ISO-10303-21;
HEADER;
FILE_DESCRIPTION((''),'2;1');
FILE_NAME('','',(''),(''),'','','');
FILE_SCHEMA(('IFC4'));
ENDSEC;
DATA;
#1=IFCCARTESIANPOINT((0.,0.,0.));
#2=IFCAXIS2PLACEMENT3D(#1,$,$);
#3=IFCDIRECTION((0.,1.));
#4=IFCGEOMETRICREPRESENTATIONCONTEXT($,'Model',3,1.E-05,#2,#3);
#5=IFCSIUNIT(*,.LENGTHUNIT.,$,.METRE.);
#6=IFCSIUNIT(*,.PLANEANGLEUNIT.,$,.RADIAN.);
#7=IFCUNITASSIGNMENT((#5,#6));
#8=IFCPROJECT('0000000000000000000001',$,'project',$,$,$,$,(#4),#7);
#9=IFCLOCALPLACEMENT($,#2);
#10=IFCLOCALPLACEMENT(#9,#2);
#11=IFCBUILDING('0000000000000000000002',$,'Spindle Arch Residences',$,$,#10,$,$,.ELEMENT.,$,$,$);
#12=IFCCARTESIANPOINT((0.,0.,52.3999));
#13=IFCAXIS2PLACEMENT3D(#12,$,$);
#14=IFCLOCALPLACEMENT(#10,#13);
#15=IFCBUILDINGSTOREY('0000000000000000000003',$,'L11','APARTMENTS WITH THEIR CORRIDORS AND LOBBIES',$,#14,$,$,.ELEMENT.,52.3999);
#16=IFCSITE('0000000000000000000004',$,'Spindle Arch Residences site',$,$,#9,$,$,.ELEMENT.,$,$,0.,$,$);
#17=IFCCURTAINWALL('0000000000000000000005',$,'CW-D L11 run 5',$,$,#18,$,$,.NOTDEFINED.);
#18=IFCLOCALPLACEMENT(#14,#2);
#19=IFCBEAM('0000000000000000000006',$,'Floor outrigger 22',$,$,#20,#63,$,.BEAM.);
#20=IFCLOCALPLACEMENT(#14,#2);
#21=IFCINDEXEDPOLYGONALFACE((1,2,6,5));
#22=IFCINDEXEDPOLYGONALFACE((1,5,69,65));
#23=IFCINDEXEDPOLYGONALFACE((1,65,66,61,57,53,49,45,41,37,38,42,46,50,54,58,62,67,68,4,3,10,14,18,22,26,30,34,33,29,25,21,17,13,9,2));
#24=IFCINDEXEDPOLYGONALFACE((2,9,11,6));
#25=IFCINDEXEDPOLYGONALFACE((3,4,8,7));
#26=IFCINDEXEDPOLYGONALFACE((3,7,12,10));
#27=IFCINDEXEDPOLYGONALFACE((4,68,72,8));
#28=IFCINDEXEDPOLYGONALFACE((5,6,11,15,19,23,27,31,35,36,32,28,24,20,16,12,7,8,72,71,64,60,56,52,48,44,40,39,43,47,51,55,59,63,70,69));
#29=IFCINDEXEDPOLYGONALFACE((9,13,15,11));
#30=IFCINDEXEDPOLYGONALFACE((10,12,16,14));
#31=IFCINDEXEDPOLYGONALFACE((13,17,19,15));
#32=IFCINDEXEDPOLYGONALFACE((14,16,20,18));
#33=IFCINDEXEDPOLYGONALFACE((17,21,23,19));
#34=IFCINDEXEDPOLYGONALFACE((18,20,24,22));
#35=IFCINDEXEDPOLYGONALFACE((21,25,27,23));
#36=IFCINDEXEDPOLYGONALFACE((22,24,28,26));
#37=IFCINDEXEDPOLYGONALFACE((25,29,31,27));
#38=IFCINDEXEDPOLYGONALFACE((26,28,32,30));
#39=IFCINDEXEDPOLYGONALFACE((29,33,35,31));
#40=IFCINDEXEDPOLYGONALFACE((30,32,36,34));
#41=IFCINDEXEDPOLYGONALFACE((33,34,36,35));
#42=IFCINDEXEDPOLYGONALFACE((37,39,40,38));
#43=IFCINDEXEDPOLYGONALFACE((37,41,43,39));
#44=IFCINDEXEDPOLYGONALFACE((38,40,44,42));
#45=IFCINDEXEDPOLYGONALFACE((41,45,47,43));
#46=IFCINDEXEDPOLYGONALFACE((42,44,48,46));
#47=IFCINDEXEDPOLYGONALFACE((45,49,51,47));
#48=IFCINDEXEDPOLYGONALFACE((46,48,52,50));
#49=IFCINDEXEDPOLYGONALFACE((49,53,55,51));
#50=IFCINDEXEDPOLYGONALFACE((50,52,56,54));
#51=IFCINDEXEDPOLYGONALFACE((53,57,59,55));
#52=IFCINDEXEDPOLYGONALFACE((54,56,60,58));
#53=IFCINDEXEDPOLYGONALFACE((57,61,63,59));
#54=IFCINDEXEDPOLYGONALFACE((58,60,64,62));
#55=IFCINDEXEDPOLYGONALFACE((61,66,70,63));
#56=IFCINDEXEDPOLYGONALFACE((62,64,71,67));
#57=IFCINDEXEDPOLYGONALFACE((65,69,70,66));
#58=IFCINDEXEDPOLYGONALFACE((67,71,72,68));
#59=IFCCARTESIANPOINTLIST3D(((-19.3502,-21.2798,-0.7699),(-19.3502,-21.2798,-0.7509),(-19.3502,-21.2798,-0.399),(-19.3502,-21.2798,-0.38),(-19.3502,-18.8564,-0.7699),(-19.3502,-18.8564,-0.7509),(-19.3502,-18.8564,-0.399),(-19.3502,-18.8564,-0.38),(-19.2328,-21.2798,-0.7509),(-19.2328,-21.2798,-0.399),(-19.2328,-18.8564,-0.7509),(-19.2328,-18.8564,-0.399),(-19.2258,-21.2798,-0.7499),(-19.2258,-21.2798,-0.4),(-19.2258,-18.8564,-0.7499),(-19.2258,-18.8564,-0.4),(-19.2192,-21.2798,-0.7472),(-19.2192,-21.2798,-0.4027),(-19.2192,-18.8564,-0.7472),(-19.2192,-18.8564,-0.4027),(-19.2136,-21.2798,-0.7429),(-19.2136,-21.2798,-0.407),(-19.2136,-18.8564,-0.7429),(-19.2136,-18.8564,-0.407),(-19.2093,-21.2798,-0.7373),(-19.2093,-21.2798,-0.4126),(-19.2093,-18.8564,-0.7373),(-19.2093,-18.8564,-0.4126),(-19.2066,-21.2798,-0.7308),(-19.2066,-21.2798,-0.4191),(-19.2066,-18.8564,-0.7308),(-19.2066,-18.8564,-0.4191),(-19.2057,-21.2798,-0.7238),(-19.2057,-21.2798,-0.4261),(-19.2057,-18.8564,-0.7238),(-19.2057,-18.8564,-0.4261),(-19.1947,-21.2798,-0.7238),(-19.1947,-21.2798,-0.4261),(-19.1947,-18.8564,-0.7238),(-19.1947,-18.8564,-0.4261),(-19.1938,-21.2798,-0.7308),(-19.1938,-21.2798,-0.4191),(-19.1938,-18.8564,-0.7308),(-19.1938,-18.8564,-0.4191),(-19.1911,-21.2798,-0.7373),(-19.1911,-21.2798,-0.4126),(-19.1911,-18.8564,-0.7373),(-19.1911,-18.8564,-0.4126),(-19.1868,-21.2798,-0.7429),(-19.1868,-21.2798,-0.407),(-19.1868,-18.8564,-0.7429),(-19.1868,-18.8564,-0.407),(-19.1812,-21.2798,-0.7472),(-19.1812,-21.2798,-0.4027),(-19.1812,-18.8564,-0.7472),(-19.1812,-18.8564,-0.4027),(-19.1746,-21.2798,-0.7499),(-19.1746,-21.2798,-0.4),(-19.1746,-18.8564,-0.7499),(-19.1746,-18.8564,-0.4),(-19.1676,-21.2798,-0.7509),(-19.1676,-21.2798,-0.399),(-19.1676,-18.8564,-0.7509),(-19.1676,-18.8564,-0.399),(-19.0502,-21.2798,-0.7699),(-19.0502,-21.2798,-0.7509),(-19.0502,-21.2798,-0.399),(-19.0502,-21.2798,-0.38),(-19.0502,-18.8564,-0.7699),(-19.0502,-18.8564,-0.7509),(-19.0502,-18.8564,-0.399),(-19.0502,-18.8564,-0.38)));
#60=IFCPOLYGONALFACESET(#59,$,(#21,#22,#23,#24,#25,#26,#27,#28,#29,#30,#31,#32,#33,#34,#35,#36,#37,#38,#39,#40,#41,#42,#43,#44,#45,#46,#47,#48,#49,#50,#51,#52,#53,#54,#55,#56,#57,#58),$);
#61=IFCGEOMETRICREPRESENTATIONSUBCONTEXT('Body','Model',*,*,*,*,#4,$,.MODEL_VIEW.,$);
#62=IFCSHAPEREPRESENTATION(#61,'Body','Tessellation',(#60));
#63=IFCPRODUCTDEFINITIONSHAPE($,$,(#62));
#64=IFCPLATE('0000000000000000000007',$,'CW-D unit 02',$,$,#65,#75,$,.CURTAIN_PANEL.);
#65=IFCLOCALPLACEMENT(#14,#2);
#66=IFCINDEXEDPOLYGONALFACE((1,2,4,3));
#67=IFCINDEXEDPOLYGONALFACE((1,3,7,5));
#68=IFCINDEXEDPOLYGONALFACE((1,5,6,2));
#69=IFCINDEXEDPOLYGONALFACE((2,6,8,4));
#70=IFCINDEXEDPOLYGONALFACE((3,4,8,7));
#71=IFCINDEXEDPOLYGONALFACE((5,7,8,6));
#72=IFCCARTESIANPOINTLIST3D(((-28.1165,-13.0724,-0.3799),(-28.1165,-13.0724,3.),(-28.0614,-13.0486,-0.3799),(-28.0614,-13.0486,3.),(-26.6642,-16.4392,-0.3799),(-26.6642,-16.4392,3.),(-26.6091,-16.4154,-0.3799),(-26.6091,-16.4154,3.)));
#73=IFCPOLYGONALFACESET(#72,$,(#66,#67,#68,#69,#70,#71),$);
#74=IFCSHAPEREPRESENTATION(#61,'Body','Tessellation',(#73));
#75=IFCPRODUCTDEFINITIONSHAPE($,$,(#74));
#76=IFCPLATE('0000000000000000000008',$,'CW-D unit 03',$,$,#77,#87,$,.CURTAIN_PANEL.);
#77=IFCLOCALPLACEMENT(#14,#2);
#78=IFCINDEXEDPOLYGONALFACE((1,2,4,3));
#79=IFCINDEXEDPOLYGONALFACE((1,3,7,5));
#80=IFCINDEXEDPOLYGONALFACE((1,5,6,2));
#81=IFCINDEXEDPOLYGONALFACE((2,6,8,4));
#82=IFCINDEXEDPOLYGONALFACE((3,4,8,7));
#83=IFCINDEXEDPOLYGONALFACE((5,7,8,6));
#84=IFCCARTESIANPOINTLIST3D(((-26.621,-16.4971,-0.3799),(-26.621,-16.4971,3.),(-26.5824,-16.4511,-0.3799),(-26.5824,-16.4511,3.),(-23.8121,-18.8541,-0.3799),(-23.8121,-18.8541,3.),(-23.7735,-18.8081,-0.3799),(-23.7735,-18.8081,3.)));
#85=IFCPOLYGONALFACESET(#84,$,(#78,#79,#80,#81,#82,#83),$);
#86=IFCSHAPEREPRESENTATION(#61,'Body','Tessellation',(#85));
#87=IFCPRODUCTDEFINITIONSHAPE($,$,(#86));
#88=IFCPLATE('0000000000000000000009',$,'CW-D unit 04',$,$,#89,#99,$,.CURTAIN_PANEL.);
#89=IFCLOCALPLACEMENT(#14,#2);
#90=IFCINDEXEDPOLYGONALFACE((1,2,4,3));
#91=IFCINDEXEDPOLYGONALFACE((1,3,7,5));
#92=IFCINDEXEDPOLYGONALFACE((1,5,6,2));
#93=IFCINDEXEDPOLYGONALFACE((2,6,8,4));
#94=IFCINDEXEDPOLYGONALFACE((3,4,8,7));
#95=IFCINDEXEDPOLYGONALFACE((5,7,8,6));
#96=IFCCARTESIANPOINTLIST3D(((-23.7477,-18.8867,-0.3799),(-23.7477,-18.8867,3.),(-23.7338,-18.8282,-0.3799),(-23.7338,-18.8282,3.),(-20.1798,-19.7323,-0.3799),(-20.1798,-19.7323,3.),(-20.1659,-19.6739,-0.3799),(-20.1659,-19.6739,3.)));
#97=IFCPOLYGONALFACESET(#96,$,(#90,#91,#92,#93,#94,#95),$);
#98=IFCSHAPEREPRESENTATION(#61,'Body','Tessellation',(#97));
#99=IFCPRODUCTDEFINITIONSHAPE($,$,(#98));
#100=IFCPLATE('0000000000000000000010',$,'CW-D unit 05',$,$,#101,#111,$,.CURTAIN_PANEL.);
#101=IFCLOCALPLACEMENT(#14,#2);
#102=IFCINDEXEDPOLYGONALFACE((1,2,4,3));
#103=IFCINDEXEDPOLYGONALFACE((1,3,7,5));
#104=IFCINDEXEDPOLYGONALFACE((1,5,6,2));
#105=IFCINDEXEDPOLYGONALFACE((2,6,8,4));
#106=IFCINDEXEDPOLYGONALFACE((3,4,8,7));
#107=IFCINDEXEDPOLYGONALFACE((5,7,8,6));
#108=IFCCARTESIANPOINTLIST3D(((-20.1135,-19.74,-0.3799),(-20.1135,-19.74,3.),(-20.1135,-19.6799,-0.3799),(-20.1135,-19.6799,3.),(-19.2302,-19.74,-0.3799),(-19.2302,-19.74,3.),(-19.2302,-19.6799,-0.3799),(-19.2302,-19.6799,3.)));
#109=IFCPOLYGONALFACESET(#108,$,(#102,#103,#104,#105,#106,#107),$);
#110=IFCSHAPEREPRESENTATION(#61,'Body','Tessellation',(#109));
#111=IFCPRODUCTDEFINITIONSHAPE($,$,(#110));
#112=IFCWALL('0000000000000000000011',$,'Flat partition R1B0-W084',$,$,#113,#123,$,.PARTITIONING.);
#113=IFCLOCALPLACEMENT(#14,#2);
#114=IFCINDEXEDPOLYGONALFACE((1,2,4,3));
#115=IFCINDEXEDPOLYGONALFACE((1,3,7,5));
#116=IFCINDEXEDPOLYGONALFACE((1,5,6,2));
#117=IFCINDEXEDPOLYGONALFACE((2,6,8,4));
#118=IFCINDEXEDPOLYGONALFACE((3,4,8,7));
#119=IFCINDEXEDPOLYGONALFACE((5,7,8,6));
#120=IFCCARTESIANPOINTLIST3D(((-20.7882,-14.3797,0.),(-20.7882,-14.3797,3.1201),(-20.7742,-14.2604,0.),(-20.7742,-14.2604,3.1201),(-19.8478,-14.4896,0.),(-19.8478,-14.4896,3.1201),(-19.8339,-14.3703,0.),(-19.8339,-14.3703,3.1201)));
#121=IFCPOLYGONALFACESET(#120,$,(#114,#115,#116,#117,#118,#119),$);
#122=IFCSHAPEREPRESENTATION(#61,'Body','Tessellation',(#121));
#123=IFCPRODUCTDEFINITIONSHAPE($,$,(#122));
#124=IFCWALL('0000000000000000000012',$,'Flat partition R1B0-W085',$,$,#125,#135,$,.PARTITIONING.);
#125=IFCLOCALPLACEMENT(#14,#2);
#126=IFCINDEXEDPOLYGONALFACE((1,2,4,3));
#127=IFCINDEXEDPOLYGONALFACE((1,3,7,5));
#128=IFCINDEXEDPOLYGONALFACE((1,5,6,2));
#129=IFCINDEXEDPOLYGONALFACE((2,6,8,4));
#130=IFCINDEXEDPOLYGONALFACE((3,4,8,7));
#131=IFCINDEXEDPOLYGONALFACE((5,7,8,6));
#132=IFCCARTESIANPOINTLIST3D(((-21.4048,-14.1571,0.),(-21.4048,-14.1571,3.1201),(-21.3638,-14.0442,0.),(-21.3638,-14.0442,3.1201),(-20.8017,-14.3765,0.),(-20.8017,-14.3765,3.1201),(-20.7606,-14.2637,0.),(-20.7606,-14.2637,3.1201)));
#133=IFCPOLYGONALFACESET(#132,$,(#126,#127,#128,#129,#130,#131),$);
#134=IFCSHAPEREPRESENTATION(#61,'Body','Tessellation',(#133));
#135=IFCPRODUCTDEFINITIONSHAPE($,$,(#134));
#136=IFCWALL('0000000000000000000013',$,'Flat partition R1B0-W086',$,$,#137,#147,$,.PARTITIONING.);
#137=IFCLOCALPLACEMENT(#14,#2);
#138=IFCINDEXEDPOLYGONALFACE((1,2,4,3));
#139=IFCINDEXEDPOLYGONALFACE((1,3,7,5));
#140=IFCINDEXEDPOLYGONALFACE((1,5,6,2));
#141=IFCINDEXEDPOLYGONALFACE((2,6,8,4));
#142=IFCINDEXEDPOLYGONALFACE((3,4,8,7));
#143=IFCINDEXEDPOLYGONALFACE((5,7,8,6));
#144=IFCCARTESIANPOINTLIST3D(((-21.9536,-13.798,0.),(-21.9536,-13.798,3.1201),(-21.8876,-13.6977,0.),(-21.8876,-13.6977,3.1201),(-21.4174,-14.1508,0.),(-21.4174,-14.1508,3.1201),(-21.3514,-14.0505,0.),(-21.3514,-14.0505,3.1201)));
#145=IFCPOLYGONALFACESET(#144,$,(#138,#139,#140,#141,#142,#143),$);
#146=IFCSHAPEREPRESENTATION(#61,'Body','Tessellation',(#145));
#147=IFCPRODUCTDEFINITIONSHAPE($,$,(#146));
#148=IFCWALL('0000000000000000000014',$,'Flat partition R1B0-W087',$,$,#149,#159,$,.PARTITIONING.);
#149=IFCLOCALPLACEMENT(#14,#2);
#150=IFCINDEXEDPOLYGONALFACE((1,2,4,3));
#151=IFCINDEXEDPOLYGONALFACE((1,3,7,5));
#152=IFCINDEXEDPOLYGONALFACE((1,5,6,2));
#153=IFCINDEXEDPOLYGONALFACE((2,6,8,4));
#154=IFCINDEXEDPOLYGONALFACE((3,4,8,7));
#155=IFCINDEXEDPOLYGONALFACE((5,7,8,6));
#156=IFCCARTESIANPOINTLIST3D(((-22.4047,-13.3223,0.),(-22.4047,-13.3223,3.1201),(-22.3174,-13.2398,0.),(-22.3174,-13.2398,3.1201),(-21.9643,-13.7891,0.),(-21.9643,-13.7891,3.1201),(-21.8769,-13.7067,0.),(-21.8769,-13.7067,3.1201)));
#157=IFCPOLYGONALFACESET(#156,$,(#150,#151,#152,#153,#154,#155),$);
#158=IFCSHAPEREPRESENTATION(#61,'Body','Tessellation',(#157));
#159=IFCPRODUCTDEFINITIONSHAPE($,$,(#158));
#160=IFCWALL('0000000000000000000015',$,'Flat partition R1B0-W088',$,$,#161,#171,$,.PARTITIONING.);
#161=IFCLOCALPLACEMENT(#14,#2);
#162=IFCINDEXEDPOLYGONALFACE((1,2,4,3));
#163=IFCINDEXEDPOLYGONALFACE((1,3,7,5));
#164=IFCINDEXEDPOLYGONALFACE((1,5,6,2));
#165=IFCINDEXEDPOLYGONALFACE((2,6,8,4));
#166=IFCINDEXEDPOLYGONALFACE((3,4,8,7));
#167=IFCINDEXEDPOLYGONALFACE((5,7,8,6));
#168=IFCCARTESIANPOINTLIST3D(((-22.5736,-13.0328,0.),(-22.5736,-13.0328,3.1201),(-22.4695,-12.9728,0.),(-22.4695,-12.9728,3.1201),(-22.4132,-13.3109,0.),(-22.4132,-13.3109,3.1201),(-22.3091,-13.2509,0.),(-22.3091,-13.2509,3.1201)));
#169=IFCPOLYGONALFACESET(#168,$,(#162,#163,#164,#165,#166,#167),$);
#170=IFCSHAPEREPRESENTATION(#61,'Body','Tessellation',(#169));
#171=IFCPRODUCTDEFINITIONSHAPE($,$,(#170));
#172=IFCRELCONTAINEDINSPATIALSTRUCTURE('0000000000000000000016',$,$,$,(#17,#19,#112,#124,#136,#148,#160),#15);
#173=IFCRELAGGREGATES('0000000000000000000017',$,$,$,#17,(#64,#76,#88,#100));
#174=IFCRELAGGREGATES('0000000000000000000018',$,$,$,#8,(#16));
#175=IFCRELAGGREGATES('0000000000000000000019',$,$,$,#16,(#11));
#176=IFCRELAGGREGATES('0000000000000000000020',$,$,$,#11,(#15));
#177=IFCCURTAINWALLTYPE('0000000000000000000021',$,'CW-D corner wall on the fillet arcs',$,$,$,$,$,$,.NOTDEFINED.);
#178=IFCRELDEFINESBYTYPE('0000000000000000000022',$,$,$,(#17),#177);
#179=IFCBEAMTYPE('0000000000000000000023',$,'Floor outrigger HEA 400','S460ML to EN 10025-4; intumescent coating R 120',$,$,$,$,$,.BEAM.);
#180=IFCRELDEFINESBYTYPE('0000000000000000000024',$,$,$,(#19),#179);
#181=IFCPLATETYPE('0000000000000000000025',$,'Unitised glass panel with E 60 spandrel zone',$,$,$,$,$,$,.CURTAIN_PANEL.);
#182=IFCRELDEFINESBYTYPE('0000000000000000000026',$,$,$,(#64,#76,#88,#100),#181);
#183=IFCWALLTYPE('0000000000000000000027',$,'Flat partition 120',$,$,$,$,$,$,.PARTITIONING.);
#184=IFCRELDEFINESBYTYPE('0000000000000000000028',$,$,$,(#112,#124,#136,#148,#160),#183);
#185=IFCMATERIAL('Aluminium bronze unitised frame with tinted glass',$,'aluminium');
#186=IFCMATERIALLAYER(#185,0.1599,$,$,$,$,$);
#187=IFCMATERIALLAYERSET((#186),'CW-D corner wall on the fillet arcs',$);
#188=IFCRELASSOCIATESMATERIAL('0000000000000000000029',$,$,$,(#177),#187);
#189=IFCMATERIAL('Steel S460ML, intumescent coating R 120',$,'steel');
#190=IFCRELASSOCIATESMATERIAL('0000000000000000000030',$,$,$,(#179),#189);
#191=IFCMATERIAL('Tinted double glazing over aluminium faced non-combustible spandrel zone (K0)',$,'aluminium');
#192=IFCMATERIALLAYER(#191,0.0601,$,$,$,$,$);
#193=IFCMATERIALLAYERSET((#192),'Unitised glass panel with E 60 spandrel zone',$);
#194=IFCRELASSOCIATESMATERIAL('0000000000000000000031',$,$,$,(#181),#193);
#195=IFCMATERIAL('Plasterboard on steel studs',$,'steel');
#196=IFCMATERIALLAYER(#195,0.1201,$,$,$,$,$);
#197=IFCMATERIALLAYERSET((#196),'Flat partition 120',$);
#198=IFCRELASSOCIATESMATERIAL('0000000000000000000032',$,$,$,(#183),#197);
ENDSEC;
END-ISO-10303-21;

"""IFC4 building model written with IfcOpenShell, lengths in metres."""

from ifc_helpers import new_model, si_unit, direction, frame, frame_2d, origin, origin_2d, place, context, subcontext, project, spatial, rectangle, i_section, extrude, material, layer, layer_set, material_profile, profile_set, type_object, element, aggregate, save


model = new_model("IFC4")

# Units and contexts
model_context = context("Model", 3, precision=1e-05, world=origin(), true_north=direction((0.0, 1.0)))
body_context = subcontext(model_context, "Body", "Model", "MODEL_VIEW")
ifc_project = project(units=[si_unit("LENGTHUNIT", "METRE"), si_unit("PLANEANGLEUNIT", "RADIAN")], contexts=[model_context])

# Site, building, storey
site_placement = place(None, origin())
site = spatial("IfcSite", under=ifc_project, at=site_placement, Name="Spindle Arch Residences site", CompositionType="ELEMENT", RefElevation=0.0)
building_placement = place(site_placement, origin())
building = spatial("IfcBuilding", under=site, at=building_placement, Name="Spindle Arch Residences", CompositionType="ELEMENT")
storey_placement = place(building_placement, frame((0.0, 0.0, 52.3999)))
storey = spatial("IfcBuildingStorey", under=building, at=storey_placement, Name="L11", Description="APARTMENTS WITH THEIR CORRIDORS AND LOBBIES", CompositionType="ELEMENT", Elevation=52.3999)

# Curtain wall
ifc_material_1 = material(Name="Aluminium bronze unitised frame with tinted glass", Category="aluminium")
ifc_layer_1 = layer(ifc_material_1, 0.1599)
ifc_layer_set_1 = layer_set([ifc_layer_1], Name="CW-D corner wall on the fillet arcs")
curtain_wall_type_1 = type_object("IfcCurtainWallType", Name="CW-D corner wall on the fillet arcs", PredefinedType="NOTDEFINED", material=ifc_layer_set_1)
curtain_wall_1_placement = place(storey_placement, origin())
curtain_wall_1 = element("IfcCurtainWall", 1, at=curtain_wall_1_placement, inside=storey, type_object=curtain_wall_type_1, Name="CW-D L11 run 5", PredefinedType="NOTDEFINED")

# Beam
ifc_material_2 = material(Name="Steel S460ML, intumescent coating R 120", Category="steel")
ifc_material_profile_1 = material_profile(ifc_material_2, i_section(OverallWidth=0.3, OverallDepth=0.3899, WebThickness=0.011, FlangeThickness=0.019, FilletRadius=0.0271, at=origin_2d()), Name="HEA 400")
ifc_profile_set_1 = profile_set([ifc_material_profile_1], Name="Steel S460ML, intumescent coating R 120")
beam_type_1 = type_object("IfcBeamType", Name="Floor outrigger HEA 400", Description="S460ML to EN 10025-4; intumescent coating R 120", PredefinedType="BEAM", material=ifc_profile_set_1)
beam_1_placement = place(storey_placement, frame((-19.2002, -21.2798, -0.575), z_axis=(0.0, 1.0, 0.0), x_axis=(-1.0, 0.0, 0.0)))
element("IfcBeam", 2, at=beam_1_placement, inside=storey, type_object=beam_type_1, Name="Floor outrigger 22", PredefinedType="BEAM", context=body_context, shape_type="SweptSolid", body=[
    extrude(i_section(OverallWidth=0.3, OverallDepth=0.3899, WebThickness=0.011, FlangeThickness=0.019, FilletRadius=0.0271, at=origin_2d()), origin(), (0.0, 0.0, 1.0), 2.4233),
])

# Plates
ifc_material_3 = material(Name="Tinted double glazing over aluminium faced non-combustible spandrel zone (K0)", Category="aluminium")
ifc_layer_2 = layer(ifc_material_3, 0.0601)
ifc_layer_set_2 = layer_set([ifc_layer_2], Name="Unitised glass panel with E 60 spandrel zone")
plate_type = type_object("IfcPlateType", Name="Unitised glass panel with E 60 spandrel zone", PredefinedType="CURTAIN_PANEL", material=ifc_layer_set_2)
plate_1_placement = place(storey_placement, frame((-27.3628, -14.7439, -0.3799), z_axis=(0.0, 0.0, 1.0), x_axis=(0.39608, -0.918216, 0.0)))
plate_1 = element("IfcPlate", 3, at=plate_1_placement, type_object=plate_type, Name="CW-D unit 02", PredefinedType="CURTAIN_PANEL", context=body_context, shape_type="SweptSolid", body=[
    extrude(rectangle(XDim=3.6667, YDim=0.0601, at=origin_2d()), origin(), (0.0, 0.0, 1.0), 3.3799),
])
plate_2_placement = place(storey_placement, frame((-25.1973, -17.6526, -0.3799), z_axis=(0.0, 0.0, 1.0), x_axis=(0.766044, -0.642788, 0.0)))
plate_2 = element("IfcPlate", 4, at=plate_2_placement, type_object=plate_type, Name="CW-D unit 03", PredefinedType="CURTAIN_PANEL", context=body_context, shape_type="SweptSolid", body=[
    extrude(rectangle(XDim=3.6667, YDim=0.0601, at=origin_2d()), origin(), (0.0, 0.0, 1.0), 3.3799),
])
plate_3_placement = place(storey_placement, frame((-21.9568, -19.2803, -0.3799), z_axis=(0.0, 0.0, 1.0), x_axis=(0.973045, -0.230616, 0.0)))
plate_3 = element("IfcPlate", 5, at=plate_3_placement, type_object=plate_type, Name="CW-D unit 04", PredefinedType="CURTAIN_PANEL", context=body_context, shape_type="SweptSolid", body=[
    extrude(rectangle(XDim=3.6667, YDim=0.0601, at=origin_2d()), origin(), (0.0, 0.0, 1.0), 3.3799),
])
plate_4_placement = place(storey_placement, frame((-19.6719, -19.71, -0.3799), z_axis=(0.0, 0.0, 1.0), x_axis=(1.0, 0.0, 0.0)))
plate_4 = element("IfcPlate", 6, at=plate_4_placement, type_object=plate_type, Name="CW-D unit 05", PredefinedType="CURTAIN_PANEL", context=body_context, shape_type="SweptSolid", body=[
    extrude(rectangle(XDim=0.8833, YDim=0.0601, at=origin_2d()), origin(), (0.0, 0.0, 1.0), 3.3799),
])
aggregate(curtain_wall_1, [plate_1, plate_2, plate_3, plate_4])

# Walls
ifc_material_4 = material(Name="Plasterboard on steel studs", Category="steel")
ifc_layer_3 = layer(ifc_material_4, 0.1201)
ifc_layer_set_3 = layer_set([ifc_layer_3], Name="Flat partition 120")
wall_type_1 = type_object("IfcWallType", Name="Flat partition 120", PredefinedType="PARTITIONING", material=ifc_layer_set_3)
wall_1_placement = place(storey_placement, frame((-19.8408, -14.4299, 0.0), z_axis=(0.0, 0.0, 1.0), x_axis=(-0.993245, 0.116033, 0.0)))
element("IfcWall", 7, at=wall_1_placement, inside=storey, type_object=wall_type_1, Name="Flat partition R1B0-W084", PredefinedType="PARTITIONING", context=body_context, shape_type="SweptSolid", body=[
    extrude(rectangle(XDim=0.9468, YDim=0.1201, at=frame_2d((0.4734, 0.0))), origin(), (0.0, 0.0, 1.0), 3.1201),
])
for number, where, z_axis, x_axis, name in (
    (8, (-20.7812, -14.3201, 0.0), (0.0, 0.0, 1.0), (-0.939738, 0.341896, 0.0), "Flat partition R1B0-W085"),
    (9, (-21.3845, -14.1006, 0.0), (0.0, 0.0, 1.0), (-0.835371, 0.549686, 0.0), "Flat partition R1B0-W086"),
    (10, (-21.9207, -13.7478, 0.0), (0.0, 0.0, 1.0), (-0.686266, 0.727351, 0.0), "Flat partition R1B0-W087"),
):
    element("IfcWall", number, at=place(storey_placement, frame(where, z_axis=z_axis, x_axis=x_axis)), inside=storey, type_object=wall_type_1, Name=name, PredefinedType="PARTITIONING", context=body_context, shape_type="SweptSolid", body=[
        extrude(rectangle(XDim=0.6418, YDim=0.1201, at=frame_2d((0.3208, 0.0))), origin(), (0.0, 0.0, 1.0), 3.1201),
    ])
wall_2_placement = place(storey_placement, frame((-22.3611, -13.281, 0.0), z_axis=(0.0, 0.0, 1.0), x_axis=(-0.499657, 0.866224, 0.0)))
element("IfcWall", 11, at=wall_2_placement, inside=storey, type_object=wall_type_1, Name="Flat partition R1B0-W088", PredefinedType="PARTITIONING", context=body_context, shape_type="SweptSolid", body=[
    extrude(rectangle(XDim=0.321, YDim=0.1201, at=frame_2d((0.1606, 0.0))), origin(), (0.0, 0.0, 1.0), 3.1201),
])

save(model, "model.ifc")
